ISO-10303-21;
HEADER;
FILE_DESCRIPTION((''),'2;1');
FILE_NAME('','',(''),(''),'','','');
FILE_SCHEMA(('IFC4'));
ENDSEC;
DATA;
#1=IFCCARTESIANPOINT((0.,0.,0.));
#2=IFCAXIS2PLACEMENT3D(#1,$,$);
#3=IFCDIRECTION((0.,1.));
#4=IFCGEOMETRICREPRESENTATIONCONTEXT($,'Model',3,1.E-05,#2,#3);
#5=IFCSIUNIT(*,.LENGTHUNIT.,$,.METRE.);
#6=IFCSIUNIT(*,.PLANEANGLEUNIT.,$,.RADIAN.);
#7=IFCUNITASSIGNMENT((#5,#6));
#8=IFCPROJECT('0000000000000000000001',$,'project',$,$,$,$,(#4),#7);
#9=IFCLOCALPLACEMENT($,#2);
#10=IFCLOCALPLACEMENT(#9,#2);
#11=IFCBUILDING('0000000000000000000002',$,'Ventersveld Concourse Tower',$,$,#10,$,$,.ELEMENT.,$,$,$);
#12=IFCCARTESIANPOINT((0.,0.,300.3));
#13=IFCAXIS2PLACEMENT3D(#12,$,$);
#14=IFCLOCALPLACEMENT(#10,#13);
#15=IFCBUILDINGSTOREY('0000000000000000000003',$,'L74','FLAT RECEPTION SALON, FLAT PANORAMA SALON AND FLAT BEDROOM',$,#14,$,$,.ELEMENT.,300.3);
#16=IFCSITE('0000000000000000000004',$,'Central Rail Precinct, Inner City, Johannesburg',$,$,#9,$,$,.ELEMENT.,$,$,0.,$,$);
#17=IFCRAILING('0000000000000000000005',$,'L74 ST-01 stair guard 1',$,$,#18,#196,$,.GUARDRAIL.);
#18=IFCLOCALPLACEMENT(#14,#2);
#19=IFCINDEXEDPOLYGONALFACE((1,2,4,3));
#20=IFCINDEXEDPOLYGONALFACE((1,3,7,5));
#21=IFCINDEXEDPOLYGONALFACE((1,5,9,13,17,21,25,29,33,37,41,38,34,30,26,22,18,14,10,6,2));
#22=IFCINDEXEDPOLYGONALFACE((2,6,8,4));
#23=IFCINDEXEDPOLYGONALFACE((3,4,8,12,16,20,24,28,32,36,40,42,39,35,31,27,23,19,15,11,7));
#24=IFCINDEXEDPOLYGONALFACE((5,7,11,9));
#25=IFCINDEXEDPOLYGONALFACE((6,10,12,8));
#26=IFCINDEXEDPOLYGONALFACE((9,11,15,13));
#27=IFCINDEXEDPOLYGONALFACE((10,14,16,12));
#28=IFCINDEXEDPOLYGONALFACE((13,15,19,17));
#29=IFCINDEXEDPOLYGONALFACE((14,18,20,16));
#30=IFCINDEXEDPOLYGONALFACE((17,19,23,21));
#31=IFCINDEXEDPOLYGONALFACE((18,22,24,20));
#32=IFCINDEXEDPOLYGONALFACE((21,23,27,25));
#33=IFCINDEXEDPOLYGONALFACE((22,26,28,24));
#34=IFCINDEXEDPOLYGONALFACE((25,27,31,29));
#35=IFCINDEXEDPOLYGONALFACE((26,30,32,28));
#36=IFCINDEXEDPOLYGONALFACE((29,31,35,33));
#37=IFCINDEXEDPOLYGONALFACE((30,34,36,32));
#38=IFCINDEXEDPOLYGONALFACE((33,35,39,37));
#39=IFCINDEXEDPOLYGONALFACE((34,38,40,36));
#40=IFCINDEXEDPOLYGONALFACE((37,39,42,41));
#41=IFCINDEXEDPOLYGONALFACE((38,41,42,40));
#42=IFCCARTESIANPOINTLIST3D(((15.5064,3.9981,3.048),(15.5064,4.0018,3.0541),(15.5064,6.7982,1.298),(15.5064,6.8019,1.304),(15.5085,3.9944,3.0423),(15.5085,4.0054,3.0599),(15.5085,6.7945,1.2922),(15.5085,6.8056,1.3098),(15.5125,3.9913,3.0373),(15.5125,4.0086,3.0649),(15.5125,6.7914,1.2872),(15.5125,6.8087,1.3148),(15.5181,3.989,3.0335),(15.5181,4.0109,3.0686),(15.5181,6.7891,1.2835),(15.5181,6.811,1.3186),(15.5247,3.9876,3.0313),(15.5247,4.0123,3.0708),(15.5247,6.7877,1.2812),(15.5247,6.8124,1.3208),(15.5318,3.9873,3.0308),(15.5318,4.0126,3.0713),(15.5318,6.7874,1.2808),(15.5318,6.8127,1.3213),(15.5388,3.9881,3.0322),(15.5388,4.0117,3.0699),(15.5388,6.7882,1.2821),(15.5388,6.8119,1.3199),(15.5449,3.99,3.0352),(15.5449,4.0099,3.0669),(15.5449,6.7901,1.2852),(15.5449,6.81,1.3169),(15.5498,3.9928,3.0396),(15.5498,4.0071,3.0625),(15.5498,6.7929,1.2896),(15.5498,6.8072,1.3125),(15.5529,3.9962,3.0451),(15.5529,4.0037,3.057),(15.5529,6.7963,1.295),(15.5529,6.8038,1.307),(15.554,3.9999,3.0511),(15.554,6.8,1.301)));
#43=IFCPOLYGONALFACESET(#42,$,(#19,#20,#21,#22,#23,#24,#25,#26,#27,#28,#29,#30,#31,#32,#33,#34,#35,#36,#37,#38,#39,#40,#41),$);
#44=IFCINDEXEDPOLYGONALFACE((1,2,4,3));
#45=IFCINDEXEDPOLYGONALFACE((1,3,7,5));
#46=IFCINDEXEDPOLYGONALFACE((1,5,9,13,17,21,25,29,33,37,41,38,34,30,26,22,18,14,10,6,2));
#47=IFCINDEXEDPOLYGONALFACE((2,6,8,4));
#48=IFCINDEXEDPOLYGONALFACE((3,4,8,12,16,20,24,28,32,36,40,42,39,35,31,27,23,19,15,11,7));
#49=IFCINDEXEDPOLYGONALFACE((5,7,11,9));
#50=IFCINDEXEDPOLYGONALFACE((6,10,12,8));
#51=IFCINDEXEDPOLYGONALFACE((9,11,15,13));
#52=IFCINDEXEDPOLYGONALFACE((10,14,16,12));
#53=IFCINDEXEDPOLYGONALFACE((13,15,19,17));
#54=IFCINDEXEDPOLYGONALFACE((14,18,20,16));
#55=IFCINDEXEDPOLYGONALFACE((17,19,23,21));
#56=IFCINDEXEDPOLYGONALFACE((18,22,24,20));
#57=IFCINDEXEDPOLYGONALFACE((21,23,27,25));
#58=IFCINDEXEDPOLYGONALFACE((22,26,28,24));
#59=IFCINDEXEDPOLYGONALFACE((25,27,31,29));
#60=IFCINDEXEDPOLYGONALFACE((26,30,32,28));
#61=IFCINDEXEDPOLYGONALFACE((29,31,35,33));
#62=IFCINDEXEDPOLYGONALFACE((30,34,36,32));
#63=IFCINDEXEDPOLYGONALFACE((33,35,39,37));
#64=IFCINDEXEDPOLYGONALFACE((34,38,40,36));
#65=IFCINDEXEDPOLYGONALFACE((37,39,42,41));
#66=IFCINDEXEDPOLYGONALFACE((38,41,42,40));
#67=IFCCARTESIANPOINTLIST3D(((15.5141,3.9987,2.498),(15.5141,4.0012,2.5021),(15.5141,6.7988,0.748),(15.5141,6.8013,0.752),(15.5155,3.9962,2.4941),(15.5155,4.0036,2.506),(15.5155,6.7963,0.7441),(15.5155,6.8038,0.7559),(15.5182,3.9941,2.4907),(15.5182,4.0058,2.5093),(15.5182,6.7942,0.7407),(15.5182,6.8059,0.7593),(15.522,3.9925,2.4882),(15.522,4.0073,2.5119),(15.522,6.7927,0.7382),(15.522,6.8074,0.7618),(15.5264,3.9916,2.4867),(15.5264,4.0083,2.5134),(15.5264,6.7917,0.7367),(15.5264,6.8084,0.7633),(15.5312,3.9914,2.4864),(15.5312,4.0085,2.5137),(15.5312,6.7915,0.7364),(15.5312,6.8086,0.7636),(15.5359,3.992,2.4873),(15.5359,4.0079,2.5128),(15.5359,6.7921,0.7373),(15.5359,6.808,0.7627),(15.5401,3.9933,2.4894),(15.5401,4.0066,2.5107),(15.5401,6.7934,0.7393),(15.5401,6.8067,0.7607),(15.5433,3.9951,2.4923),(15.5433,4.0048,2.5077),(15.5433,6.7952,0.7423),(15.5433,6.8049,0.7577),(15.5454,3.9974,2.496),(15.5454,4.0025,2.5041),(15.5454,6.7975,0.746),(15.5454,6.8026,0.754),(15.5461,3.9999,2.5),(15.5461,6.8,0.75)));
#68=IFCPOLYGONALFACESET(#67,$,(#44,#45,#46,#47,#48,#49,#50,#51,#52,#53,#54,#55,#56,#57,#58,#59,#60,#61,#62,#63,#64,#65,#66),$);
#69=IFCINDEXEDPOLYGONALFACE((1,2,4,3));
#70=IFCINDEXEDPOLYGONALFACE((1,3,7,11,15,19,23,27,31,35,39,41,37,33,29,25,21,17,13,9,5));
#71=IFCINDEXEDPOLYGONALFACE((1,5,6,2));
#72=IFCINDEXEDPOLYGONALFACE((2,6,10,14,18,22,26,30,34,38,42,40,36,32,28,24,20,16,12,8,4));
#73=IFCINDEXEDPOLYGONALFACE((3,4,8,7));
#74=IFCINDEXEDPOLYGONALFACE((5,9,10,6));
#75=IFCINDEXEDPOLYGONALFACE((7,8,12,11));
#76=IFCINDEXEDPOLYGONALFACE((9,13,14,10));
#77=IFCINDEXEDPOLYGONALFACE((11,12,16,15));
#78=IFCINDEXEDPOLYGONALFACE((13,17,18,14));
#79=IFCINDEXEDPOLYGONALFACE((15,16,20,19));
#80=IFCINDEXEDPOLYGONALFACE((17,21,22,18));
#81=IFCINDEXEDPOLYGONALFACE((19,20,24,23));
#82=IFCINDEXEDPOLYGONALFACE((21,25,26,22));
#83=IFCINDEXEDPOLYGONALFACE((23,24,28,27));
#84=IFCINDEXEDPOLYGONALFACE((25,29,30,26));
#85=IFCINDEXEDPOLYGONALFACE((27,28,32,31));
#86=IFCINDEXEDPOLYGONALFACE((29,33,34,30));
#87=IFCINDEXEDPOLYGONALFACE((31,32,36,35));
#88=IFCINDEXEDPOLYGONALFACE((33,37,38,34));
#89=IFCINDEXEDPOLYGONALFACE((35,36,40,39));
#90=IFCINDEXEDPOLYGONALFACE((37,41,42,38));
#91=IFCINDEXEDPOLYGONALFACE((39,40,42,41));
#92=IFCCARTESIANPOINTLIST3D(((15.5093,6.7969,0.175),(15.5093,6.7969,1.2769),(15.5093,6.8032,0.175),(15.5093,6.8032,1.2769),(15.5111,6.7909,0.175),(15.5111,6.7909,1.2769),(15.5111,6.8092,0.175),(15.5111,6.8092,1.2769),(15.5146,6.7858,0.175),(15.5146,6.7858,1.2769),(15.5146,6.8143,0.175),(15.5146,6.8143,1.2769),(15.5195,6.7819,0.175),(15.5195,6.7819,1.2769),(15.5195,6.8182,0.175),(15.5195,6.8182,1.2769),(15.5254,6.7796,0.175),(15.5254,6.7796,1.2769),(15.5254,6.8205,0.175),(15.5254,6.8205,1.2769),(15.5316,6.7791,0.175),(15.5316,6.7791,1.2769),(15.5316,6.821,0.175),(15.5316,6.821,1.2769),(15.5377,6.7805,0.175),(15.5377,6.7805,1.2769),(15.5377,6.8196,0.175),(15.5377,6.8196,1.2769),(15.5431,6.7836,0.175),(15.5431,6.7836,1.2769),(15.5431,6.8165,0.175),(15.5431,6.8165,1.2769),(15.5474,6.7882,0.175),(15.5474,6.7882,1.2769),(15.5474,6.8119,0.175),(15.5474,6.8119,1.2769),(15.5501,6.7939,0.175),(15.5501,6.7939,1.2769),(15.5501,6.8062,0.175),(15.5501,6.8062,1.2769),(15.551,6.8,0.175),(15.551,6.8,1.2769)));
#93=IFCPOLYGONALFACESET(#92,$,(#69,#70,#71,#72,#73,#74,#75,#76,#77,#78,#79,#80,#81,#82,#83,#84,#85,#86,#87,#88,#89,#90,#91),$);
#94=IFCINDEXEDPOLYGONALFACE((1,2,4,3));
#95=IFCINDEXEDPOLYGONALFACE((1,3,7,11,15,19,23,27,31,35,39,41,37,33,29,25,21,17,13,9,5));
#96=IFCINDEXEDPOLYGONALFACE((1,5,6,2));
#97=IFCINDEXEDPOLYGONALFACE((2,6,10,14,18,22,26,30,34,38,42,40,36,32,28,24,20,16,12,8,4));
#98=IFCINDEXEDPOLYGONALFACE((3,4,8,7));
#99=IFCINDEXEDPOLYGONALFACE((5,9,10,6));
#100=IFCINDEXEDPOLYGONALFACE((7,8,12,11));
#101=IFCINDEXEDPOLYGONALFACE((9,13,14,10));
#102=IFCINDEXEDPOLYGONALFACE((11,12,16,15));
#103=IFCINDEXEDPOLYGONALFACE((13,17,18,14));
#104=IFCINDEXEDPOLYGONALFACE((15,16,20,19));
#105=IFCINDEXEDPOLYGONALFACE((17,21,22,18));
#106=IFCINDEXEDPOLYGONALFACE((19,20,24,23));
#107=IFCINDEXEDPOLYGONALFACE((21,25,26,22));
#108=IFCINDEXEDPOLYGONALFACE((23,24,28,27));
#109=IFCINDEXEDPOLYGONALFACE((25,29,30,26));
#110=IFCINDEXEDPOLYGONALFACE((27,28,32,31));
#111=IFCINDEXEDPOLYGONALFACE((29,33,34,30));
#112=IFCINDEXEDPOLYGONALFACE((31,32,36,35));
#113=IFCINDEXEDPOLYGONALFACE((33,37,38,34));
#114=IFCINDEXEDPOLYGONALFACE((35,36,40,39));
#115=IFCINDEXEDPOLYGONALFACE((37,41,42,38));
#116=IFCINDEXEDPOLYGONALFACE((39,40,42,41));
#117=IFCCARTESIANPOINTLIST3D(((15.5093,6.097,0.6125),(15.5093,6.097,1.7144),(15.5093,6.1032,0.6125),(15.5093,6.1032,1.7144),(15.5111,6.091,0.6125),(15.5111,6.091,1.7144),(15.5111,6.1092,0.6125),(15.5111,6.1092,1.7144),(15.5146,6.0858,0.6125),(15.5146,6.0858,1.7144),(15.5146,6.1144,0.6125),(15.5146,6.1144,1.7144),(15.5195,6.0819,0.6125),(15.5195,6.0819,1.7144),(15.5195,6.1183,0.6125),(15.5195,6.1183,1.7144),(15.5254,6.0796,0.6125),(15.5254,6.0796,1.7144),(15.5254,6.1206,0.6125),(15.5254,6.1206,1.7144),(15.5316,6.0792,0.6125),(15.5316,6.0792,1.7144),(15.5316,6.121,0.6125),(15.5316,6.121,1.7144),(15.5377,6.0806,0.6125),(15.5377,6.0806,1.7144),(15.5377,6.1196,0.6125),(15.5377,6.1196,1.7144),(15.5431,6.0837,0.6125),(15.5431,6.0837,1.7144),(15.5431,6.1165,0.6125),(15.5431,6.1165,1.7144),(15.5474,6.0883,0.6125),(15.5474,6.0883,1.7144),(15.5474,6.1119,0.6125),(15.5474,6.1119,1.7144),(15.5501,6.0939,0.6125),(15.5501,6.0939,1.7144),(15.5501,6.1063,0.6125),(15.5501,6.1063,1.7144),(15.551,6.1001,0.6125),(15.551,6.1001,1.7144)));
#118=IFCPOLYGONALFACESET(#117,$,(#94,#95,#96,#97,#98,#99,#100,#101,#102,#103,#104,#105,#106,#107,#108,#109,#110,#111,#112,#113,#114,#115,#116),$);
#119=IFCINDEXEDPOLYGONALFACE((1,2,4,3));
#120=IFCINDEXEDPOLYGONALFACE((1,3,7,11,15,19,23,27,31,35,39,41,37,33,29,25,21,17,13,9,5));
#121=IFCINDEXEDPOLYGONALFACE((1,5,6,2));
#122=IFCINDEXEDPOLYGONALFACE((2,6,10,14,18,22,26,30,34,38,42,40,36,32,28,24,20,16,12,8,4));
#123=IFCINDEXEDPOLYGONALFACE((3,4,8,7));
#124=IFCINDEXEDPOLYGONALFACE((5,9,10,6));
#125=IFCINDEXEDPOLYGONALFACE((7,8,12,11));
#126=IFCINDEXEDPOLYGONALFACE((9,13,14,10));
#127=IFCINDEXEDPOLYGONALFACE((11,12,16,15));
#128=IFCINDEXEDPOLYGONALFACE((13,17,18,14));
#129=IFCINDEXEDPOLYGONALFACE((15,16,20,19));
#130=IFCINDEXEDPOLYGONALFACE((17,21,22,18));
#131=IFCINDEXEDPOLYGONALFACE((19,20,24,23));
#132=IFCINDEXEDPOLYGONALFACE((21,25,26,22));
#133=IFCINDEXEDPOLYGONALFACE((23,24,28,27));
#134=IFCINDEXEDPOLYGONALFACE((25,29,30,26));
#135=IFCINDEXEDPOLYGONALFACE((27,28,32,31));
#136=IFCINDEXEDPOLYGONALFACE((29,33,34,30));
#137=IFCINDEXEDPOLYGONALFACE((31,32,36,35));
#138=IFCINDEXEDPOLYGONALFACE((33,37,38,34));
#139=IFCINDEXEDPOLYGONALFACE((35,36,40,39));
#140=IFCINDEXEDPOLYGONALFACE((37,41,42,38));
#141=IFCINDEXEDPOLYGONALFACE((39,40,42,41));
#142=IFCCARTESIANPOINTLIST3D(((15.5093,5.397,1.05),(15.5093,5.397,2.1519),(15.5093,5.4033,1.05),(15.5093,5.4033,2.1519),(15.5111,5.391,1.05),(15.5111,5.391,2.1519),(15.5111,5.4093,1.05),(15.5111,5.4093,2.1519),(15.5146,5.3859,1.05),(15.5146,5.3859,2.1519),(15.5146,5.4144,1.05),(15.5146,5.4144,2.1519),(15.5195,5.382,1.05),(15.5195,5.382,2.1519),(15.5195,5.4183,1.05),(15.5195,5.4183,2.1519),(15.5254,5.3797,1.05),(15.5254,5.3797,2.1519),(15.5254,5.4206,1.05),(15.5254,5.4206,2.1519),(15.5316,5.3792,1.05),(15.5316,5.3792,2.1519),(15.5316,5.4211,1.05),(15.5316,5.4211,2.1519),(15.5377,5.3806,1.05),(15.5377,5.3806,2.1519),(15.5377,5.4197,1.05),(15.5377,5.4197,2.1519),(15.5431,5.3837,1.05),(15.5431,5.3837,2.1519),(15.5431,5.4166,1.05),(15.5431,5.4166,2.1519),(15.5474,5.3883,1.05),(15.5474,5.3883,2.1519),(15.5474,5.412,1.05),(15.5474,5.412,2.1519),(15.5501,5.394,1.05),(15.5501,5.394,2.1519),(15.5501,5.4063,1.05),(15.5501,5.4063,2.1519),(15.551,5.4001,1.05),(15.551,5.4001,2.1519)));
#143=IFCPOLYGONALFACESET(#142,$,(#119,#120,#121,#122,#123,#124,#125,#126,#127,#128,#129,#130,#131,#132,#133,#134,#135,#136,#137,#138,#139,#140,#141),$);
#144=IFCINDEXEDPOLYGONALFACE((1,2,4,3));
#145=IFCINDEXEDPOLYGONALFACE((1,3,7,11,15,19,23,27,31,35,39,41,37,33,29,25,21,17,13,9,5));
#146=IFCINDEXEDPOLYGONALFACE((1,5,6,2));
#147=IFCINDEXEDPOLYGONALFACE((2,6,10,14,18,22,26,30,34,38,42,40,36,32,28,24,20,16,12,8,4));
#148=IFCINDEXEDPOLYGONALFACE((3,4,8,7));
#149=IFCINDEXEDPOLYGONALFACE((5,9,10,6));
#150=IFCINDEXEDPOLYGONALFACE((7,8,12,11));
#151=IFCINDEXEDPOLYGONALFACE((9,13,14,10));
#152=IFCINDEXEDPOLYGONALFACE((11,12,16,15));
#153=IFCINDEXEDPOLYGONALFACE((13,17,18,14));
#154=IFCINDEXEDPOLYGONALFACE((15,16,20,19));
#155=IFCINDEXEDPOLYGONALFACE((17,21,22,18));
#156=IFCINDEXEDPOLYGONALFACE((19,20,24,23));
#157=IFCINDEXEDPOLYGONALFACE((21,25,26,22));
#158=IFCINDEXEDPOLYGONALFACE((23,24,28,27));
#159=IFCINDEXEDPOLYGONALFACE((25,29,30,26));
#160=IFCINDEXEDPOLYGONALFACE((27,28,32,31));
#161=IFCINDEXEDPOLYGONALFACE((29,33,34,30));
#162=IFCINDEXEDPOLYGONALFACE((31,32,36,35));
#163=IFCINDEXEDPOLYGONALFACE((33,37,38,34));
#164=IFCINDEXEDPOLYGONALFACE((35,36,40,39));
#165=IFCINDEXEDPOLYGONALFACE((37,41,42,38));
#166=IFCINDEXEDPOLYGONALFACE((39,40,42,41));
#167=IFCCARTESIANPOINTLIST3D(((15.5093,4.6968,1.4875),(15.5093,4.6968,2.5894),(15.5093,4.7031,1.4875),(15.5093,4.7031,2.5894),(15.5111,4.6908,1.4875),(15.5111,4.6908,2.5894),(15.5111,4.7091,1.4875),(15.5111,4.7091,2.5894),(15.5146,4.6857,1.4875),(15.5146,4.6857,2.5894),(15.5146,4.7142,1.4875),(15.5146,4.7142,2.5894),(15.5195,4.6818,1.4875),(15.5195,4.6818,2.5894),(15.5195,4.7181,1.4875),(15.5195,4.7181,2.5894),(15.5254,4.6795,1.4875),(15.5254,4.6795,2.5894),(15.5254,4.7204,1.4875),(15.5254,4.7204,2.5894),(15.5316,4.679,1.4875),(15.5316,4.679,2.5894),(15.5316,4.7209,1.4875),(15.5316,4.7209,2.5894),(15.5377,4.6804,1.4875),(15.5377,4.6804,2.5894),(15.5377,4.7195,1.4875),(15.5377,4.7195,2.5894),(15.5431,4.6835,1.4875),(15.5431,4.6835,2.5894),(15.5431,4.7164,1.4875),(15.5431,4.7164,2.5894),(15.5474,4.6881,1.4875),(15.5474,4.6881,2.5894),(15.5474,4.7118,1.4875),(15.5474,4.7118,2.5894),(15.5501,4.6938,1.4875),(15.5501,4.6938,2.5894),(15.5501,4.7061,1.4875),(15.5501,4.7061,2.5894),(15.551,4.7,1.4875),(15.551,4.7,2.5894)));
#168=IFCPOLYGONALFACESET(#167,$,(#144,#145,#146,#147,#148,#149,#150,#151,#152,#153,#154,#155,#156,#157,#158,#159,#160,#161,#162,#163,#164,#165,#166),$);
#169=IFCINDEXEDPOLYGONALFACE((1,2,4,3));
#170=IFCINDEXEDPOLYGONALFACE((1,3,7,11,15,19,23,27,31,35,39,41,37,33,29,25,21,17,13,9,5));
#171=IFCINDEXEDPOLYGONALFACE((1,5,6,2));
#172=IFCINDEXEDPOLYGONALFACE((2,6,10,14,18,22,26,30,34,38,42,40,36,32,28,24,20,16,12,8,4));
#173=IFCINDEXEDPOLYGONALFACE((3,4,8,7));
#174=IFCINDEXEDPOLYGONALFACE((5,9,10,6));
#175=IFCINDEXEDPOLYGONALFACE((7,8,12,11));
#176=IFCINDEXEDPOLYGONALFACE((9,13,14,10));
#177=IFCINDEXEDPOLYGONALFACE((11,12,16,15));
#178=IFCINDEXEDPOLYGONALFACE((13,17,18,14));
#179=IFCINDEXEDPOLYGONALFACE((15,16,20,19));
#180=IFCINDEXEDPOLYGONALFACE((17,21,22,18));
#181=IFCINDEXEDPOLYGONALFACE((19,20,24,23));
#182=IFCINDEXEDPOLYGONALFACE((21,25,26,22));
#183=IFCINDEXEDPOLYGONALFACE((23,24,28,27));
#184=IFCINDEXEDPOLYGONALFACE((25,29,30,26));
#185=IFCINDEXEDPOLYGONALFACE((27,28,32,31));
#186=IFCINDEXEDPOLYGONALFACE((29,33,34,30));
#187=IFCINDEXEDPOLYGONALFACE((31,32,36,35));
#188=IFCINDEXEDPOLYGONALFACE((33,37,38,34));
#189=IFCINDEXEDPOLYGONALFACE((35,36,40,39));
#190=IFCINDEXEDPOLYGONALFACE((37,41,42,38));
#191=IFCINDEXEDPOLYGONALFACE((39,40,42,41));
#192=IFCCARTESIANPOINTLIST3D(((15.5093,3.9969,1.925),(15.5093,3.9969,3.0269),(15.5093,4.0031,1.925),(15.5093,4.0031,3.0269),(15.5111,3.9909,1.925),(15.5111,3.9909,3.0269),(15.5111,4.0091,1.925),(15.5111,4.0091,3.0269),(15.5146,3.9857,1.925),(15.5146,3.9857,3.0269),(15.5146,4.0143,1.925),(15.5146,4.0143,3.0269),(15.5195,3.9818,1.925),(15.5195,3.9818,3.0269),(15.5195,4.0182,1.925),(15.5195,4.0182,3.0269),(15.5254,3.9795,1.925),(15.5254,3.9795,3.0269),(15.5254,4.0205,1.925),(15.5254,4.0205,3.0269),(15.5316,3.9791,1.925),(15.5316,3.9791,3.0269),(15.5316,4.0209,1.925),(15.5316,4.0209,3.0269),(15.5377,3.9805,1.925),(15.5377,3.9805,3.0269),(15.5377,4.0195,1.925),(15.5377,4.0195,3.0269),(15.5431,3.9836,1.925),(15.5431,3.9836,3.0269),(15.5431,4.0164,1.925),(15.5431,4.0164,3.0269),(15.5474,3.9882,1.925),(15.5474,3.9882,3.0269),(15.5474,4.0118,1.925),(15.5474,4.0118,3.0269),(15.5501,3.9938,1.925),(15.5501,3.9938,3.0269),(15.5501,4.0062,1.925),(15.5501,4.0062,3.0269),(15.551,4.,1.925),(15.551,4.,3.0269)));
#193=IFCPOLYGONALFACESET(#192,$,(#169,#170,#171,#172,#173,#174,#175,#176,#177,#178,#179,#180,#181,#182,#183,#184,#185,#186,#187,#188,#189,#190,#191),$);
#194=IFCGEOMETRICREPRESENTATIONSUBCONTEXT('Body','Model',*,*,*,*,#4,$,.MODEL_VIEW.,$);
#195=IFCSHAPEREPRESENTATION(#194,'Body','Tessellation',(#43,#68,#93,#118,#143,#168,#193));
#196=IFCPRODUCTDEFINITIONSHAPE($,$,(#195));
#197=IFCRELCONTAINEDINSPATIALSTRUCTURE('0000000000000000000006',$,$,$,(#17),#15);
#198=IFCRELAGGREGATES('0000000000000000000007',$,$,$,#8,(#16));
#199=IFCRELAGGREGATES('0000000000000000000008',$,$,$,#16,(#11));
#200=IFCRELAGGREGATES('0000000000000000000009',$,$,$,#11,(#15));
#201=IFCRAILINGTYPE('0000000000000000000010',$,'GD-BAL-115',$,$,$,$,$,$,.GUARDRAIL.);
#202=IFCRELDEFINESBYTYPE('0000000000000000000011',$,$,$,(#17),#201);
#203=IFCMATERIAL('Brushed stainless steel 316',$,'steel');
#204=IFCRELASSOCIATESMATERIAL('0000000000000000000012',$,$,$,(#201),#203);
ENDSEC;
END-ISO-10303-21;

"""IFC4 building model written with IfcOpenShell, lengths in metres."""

from ifc_helpers import new_model, si_unit, direction, frame, origin, origin_2d, place, context, subcontext, project, spatial, circle, extrude, material, type_object, element, save


model = new_model("IFC4")

# Units and contexts
model_context = context("Model", 3, precision=1e-05, world=origin(), true_north=direction((0.0, 1.0)))
body_context = subcontext(model_context, "Body", "Model", "MODEL_VIEW")
ifc_project = project(units=[si_unit("LENGTHUNIT", "METRE"), si_unit("PLANEANGLEUNIT", "RADIAN")], contexts=[model_context])

# Site, building, storey
site_placement = place(None, origin())
site = spatial("IfcSite", under=ifc_project, at=site_placement, Name="Central Rail Precinct, Inner City, Johannesburg", CompositionType="ELEMENT", RefElevation=0.0)
building_placement = place(site_placement, origin())
building = spatial("IfcBuilding", under=site, at=building_placement, Name="Ventersveld Concourse Tower", CompositionType="ELEMENT")
storey_placement = place(building_placement, frame((0.0, 0.0, 300.3)))
storey = spatial("IfcBuildingStorey", under=building, at=storey_placement, Name="L74", Description="FLAT RECEPTION SALON, FLAT PANORAMA SALON AND FLAT BEDROOM", CompositionType="ELEMENT", Elevation=300.3)

# Railing
ifc_material_1 = material(Name="Brushed stainless steel 316", Category="steel")
railing_type_1 = type_object("IfcRailingType", Name="GD-BAL-115", PredefinedType="GUARDRAIL", material=ifc_material_1)
railing_1_placement = place(storey_placement, frame((15.53, 6.8, 0.175)))
element("IfcRailing", 1, at=railing_1_placement, inside=storey, type_object=railing_type_1, Name="L74 ST-01 stair guard 1", PredefinedType="GUARDRAIL", context=body_context, shape_type="SweptSolid", body=[
    extrude(circle(Radius=0.0239, at=origin_2d()), frame((0.0, 0.0, 1.126), z_axis=(0.0, -0.848002, 0.529992), x_axis=(1.0, 0.0, 0.0)), (0.0, 0.0, 1.0), 3.302),
    extrude(circle(Radius=0.0161, at=origin_2d()), frame((0.0, 0.0, 0.575), z_axis=(0.0, -0.848002, 0.529992), x_axis=(1.0, 0.0, 0.0)), (0.0, 0.0, 1.0), 3.302),
    extrude(circle(Radius=0.021, at=origin_2d()), origin(), (0.0, 0.0, 1.0), 1.1018),
    extrude(circle(Radius=0.021, at=origin_2d()), frame((0.0, -0.7, 0.4375)), (0.0, 0.0, 1.0), 1.1018),
    extrude(circle(Radius=0.021, at=origin_2d()), frame((0.0, -1.3999, 0.875)), (0.0, 0.0, 1.0), 1.1018),
    extrude(circle(Radius=0.021, at=origin_2d()), frame((0.0, -2.1001, 1.3125)), (0.0, 0.0, 1.0), 1.1018),
    extrude(circle(Radius=0.021, at=origin_2d()), frame((0.0, -2.8, 1.75)), (0.0, 0.0, 1.0), 1.1018),
])

save(model, "model.ifc")
